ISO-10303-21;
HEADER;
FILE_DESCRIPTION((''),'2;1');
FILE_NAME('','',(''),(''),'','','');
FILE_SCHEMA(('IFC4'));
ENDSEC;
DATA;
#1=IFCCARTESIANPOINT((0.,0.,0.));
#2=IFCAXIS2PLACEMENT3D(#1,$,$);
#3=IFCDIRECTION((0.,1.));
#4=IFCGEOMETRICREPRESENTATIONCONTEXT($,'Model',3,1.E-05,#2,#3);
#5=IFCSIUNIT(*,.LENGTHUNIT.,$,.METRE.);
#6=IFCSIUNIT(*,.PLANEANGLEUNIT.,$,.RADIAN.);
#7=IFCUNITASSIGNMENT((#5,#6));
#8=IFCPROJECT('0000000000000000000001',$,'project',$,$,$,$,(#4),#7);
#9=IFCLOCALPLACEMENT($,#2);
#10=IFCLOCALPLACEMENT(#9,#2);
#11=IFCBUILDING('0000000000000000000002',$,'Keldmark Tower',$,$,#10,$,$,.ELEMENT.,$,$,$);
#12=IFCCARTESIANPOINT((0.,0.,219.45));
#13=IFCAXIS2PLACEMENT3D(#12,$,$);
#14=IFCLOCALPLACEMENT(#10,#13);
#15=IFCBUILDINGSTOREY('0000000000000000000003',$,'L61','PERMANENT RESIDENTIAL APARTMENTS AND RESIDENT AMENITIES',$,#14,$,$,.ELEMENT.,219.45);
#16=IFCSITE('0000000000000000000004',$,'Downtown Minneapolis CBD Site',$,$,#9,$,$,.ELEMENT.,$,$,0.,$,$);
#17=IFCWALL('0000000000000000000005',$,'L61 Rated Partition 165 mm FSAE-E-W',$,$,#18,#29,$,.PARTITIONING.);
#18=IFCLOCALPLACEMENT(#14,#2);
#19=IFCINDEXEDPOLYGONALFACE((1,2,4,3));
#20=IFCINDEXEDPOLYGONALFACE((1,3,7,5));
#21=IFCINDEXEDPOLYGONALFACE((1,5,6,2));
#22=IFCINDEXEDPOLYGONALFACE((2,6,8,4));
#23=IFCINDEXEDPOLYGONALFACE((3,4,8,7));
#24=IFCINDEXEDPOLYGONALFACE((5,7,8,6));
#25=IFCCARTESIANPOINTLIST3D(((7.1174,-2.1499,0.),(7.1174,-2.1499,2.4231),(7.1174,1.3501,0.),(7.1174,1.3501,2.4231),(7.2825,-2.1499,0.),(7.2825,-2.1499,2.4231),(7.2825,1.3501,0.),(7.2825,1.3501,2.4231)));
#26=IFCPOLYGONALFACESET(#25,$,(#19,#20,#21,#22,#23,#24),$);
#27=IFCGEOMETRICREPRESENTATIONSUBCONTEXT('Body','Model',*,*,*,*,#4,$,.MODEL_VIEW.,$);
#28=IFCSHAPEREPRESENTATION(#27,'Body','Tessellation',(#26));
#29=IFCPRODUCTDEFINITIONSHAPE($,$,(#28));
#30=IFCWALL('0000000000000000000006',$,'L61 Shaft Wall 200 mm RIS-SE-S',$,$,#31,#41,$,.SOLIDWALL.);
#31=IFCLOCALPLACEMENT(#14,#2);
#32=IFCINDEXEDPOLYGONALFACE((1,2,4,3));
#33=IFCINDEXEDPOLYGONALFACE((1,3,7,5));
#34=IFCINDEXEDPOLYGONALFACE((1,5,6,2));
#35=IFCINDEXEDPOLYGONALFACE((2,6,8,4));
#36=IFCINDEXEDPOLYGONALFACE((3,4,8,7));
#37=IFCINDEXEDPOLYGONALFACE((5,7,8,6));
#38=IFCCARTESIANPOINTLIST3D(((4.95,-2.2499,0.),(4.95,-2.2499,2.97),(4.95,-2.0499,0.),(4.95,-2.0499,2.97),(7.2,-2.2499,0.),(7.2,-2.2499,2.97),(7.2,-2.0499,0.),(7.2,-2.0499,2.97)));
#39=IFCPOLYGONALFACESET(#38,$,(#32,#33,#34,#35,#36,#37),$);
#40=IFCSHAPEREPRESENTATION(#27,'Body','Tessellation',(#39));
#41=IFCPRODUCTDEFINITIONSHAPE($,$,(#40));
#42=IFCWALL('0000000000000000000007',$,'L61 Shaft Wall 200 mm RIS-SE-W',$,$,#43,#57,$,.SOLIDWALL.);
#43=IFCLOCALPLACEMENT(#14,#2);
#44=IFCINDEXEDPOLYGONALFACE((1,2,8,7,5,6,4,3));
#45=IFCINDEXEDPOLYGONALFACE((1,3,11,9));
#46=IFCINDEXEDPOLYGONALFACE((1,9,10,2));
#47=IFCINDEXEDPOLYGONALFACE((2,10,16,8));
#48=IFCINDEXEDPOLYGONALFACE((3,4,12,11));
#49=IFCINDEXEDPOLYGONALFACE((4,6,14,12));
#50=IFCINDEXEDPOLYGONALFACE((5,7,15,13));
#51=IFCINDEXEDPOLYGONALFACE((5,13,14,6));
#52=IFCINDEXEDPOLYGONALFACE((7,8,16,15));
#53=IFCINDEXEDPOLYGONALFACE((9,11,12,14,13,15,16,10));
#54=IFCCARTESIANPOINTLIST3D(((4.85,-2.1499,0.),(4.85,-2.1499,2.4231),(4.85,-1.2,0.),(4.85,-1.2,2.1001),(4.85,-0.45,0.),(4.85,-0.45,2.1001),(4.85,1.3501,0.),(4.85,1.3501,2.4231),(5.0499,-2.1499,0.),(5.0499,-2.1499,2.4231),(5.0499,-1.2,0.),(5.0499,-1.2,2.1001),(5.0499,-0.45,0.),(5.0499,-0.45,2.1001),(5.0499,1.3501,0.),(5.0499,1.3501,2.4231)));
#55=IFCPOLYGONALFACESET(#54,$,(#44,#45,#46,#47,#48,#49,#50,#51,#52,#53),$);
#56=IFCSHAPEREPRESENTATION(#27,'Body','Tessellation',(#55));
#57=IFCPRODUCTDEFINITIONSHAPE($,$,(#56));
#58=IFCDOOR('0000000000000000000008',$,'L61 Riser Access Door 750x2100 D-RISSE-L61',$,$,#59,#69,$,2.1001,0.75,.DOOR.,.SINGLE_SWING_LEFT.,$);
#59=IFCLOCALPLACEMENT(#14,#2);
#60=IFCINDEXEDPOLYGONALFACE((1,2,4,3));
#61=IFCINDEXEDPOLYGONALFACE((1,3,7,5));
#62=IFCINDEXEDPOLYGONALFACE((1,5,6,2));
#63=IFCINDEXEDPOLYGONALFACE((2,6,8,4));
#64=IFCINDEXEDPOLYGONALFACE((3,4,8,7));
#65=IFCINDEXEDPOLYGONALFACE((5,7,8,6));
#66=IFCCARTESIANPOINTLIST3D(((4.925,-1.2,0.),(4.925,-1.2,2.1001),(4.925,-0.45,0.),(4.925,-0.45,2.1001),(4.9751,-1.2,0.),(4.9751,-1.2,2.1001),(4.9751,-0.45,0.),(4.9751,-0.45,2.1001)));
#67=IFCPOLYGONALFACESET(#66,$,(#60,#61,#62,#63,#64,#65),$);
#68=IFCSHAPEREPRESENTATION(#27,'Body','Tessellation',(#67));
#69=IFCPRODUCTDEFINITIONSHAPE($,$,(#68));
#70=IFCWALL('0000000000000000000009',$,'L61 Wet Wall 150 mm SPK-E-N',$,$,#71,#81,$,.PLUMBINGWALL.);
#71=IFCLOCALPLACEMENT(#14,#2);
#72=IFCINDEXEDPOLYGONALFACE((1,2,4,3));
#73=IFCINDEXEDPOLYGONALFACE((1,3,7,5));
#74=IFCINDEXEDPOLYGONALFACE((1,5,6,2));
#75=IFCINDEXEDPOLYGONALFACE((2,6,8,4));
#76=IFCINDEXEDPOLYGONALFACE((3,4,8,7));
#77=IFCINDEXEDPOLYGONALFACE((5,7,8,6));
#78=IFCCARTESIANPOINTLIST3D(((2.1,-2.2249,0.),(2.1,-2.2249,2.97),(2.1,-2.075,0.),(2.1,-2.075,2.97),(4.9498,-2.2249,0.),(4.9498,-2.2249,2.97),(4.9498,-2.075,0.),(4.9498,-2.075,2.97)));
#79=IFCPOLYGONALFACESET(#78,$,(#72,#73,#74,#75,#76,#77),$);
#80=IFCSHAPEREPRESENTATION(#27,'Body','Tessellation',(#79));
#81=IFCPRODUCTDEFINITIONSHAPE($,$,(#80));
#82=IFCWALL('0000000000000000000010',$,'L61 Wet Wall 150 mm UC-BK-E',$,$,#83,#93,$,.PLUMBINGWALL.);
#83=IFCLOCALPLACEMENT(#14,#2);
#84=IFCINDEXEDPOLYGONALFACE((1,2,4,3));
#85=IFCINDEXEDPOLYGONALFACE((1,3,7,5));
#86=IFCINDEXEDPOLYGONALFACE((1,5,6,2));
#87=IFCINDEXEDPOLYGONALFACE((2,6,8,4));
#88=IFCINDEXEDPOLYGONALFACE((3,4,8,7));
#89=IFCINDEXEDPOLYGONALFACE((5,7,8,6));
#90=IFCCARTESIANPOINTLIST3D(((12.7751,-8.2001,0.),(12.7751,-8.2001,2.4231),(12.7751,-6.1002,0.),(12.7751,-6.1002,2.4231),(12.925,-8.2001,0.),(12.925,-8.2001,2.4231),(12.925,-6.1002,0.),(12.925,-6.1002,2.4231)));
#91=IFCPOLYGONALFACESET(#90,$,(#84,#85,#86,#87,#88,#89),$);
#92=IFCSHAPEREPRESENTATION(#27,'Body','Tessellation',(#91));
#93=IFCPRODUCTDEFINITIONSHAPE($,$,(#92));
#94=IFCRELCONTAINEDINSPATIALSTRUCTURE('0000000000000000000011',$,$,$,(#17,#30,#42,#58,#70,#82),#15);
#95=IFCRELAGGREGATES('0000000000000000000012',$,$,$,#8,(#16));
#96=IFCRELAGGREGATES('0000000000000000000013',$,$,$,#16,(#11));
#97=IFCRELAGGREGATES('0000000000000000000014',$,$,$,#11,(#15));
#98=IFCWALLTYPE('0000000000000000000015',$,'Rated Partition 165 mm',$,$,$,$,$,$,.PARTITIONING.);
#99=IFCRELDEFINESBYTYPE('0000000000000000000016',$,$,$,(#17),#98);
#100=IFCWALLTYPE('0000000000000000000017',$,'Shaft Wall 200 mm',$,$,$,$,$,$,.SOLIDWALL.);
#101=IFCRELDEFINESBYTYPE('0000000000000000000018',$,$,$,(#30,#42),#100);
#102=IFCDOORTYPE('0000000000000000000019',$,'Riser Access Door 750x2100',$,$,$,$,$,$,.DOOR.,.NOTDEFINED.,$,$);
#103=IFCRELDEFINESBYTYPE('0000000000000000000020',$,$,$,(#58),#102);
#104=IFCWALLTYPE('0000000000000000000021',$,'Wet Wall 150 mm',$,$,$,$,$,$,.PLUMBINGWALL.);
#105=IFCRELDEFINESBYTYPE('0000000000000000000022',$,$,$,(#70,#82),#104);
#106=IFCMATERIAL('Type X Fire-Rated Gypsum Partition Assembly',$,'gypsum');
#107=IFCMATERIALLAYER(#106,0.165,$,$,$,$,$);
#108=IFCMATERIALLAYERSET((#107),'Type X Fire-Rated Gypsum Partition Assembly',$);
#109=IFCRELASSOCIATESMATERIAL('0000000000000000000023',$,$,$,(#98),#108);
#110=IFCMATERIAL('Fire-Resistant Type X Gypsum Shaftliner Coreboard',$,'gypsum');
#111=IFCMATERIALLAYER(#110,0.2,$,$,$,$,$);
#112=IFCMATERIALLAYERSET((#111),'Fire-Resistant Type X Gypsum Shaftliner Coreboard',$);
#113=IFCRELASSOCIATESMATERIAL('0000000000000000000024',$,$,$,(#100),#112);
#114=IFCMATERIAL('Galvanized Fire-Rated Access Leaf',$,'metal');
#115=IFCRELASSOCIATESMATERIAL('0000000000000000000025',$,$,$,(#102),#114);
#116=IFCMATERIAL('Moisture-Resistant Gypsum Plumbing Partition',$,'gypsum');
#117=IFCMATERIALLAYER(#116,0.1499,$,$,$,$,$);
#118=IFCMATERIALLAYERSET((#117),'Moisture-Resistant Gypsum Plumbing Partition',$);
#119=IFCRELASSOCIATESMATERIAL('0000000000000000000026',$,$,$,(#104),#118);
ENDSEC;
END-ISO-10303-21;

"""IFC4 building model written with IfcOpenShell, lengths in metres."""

from ifc_helpers import new_model, si_unit, direction, frame, frame_2d, origin, place, context, subcontext, project, spatial, rectangle, extrude, material, layer, layer_set, type_object, element, fill, save


model = new_model("IFC4")

# Units and contexts
model_context = context("Model", 3, precision=1e-05, world=origin(), true_north=direction((0.0, 1.0)))
body_context = subcontext(model_context, "Body", "Model", "MODEL_VIEW")
ifc_project = project(units=[si_unit("LENGTHUNIT", "METRE"), si_unit("PLANEANGLEUNIT", "RADIAN")], contexts=[model_context])

# Site, building, storey
site_placement = place(None, origin())
site = spatial("IfcSite", under=ifc_project, at=site_placement, Name="Downtown Minneapolis CBD Site", CompositionType="ELEMENT", RefElevation=0.0)
building_placement = place(site_placement, origin())
building = spatial("IfcBuilding", under=site, at=building_placement, Name="Keldmark Tower", CompositionType="ELEMENT")
storey_placement = place(building_placement, frame((0.0, 0.0, 219.45)))
storey = spatial("IfcBuildingStorey", under=building, at=storey_placement, Name="L61", Description="PERMANENT RESIDENTIAL APARTMENTS AND RESIDENT AMENITIES", CompositionType="ELEMENT", Elevation=219.45)

# Walls
ifc_material_1 = material(Name="Type X Fire-Rated Gypsum Partition Assembly", Category="gypsum")
ifc_layer_1 = layer(ifc_material_1, 0.165)
ifc_layer_set_1 = layer_set([ifc_layer_1], Name="Type X Fire-Rated Gypsum Partition Assembly")
wall_type_1 = type_object("IfcWallType", Name="Rated Partition 165 mm", PredefinedType="PARTITIONING", material=ifc_layer_set_1)
wall_1_placement = place(storey_placement, frame((7.2, -2.1499, 0.0), z_axis=(0.0, 0.0, 1.0), x_axis=(0.0, 1.0, 0.0)))
element("IfcWall", 1, at=wall_1_placement, inside=storey, type_object=wall_type_1, Name="L61 Rated Partition 165 mm FSAE-E-W", PredefinedType="PARTITIONING", context=body_context, shape_type="SweptSolid", body=[
    extrude(rectangle(XDim=3.5, YDim=0.165, at=frame_2d((1.75, 0.0))), origin(), (0.0, 0.0, 1.0), 2.4231),
])
ifc_material_2 = material(Name="Fire-Resistant Type X Gypsum Shaftliner Coreboard", Category="gypsum")
ifc_layer_2 = layer(ifc_material_2, 0.2)
ifc_layer_set_2 = layer_set([ifc_layer_2], Name="Fire-Resistant Type X Gypsum Shaftliner Coreboard")
wall_type_2 = type_object("IfcWallType", Name="Shaft Wall 200 mm", PredefinedType="SOLIDWALL", material=ifc_layer_set_2)
wall_2_placement = place(storey_placement, frame((4.95, -2.1499, 0.0), z_axis=(0.0, 0.0, 1.0), x_axis=(1.0, 0.0, 0.0)))
element("IfcWall", 2, at=wall_2_placement, inside=storey, type_object=wall_type_2, Name="L61 Shaft Wall 200 mm RIS-SE-S", PredefinedType="SOLIDWALL", context=body_context, shape_type="SweptSolid", body=[
    extrude(rectangle(XDim=2.25, YDim=0.2, at=frame_2d((1.125, 0.0))), origin(), (0.0, 0.0, 1.0), 2.97),
])

# Wall, opening, door
wall_3_placement = place(storey_placement, frame((4.95, -2.1499, 0.0), z_axis=(0.0, 0.0, 1.0), x_axis=(0.0, 1.0, 0.0)))
wall_3 = element("IfcWall", 3, at=wall_3_placement, inside=storey, type_object=wall_type_2, Name="L61 Shaft Wall 200 mm RIS-SE-W", PredefinedType="SOLIDWALL", context=body_context, shape_type="SweptSolid", body=[
    extrude(rectangle(XDim=3.5, YDim=0.2, at=frame_2d((1.75, 0.0))), origin(), (0.0, 0.0, 1.0), 2.4231),
])
opening_1_placement = place(wall_3_placement, frame((0.95, 0.0, 0.0)))
opening_1 = element("IfcOpeningElement", 4, at=opening_1_placement, cuts=wall_3, PredefinedType="OPENING", context=body_context, shape_type="SweptSolid", body=[
    extrude(rectangle(XDim=0.75, YDim=2.1001, at=frame_2d((0.375, 1.05))), frame((0.0, 0.1099, 0.0), z_axis=(0.0, -1.0, 0.0), x_axis=(1.0, 0.0, 0.0)), (0.0, 0.0, 1.0), 0.22),
])
ifc_material_3 = material(Name="Galvanized Fire-Rated Access Leaf", Category="metal")
door_type_1 = type_object("IfcDoorType", Name="Riser Access Door 750x2100", OperationType="NOTDEFINED", PredefinedType="DOOR", material=ifc_material_3)
door_1_placement = place(opening_1_placement, origin())
door_1 = element("IfcDoor", 5, at=door_1_placement, inside=storey, type_object=door_type_1, Name="L61 Riser Access Door 750x2100 D-RISSE-L61", OperationType="SINGLE_SWING_LEFT", OverallHeight=2.1001, OverallWidth=0.75, PredefinedType="DOOR", context=body_context, shape_type="SweptSolid", body=[
    extrude(rectangle(XDim=0.75, YDim=2.1001, at=frame_2d((0.375, 1.05))), frame((0.0, 0.0249, 0.0), z_axis=(0.0, -1.0, 0.0), x_axis=(1.0, 0.0, 0.0)), (0.0, 0.0, 1.0), 0.05),
])
fill(opening_1, door_1)

# Walls
ifc_material_4 = material(Name="Moisture-Resistant Gypsum Plumbing Partition", Category="gypsum")
ifc_layer_3 = layer(ifc_material_4, 0.1499)
ifc_layer_set_3 = layer_set([ifc_layer_3], Name="Moisture-Resistant Gypsum Plumbing Partition")
wall_type_3 = type_object("IfcWallType", Name="Wet Wall 150 mm", PredefinedType="PLUMBINGWALL", material=ifc_layer_set_3)
wall_4_placement = place(storey_placement, frame((2.1001, -2.1499, 0.0), z_axis=(0.0, 0.0, 1.0), x_axis=(1.0, 0.0, 0.0)))
element("IfcWall", 6, at=wall_4_placement, inside=storey, type_object=wall_type_3, Name="L61 Wet Wall 150 mm SPK-E-N", PredefinedType="PLUMBINGWALL", context=body_context, shape_type="SweptSolid", body=[
    extrude(rectangle(XDim=2.8499, YDim=0.1499, at=frame_2d((1.4248, 0.0))), origin(), (0.0, 0.0, 1.0), 2.97),
])
wall_5_placement = place(storey_placement, frame((12.8501, -8.2, 0.0), z_axis=(0.0, 0.0, 1.0), x_axis=(0.0, 1.0, 0.0)))
element("IfcWall", 7, at=wall_5_placement, inside=storey, type_object=wall_type_3, Name="L61 Wet Wall 150 mm UC-BK-E", PredefinedType="PLUMBINGWALL", context=body_context, shape_type="SweptSolid", body=[
    extrude(rectangle(XDim=2.0999, YDim=0.1499, at=frame_2d((1.0498, 0.0))), origin(), (0.0, 0.0, 1.0), 2.4231),
])

save(model, "model.ifc")
